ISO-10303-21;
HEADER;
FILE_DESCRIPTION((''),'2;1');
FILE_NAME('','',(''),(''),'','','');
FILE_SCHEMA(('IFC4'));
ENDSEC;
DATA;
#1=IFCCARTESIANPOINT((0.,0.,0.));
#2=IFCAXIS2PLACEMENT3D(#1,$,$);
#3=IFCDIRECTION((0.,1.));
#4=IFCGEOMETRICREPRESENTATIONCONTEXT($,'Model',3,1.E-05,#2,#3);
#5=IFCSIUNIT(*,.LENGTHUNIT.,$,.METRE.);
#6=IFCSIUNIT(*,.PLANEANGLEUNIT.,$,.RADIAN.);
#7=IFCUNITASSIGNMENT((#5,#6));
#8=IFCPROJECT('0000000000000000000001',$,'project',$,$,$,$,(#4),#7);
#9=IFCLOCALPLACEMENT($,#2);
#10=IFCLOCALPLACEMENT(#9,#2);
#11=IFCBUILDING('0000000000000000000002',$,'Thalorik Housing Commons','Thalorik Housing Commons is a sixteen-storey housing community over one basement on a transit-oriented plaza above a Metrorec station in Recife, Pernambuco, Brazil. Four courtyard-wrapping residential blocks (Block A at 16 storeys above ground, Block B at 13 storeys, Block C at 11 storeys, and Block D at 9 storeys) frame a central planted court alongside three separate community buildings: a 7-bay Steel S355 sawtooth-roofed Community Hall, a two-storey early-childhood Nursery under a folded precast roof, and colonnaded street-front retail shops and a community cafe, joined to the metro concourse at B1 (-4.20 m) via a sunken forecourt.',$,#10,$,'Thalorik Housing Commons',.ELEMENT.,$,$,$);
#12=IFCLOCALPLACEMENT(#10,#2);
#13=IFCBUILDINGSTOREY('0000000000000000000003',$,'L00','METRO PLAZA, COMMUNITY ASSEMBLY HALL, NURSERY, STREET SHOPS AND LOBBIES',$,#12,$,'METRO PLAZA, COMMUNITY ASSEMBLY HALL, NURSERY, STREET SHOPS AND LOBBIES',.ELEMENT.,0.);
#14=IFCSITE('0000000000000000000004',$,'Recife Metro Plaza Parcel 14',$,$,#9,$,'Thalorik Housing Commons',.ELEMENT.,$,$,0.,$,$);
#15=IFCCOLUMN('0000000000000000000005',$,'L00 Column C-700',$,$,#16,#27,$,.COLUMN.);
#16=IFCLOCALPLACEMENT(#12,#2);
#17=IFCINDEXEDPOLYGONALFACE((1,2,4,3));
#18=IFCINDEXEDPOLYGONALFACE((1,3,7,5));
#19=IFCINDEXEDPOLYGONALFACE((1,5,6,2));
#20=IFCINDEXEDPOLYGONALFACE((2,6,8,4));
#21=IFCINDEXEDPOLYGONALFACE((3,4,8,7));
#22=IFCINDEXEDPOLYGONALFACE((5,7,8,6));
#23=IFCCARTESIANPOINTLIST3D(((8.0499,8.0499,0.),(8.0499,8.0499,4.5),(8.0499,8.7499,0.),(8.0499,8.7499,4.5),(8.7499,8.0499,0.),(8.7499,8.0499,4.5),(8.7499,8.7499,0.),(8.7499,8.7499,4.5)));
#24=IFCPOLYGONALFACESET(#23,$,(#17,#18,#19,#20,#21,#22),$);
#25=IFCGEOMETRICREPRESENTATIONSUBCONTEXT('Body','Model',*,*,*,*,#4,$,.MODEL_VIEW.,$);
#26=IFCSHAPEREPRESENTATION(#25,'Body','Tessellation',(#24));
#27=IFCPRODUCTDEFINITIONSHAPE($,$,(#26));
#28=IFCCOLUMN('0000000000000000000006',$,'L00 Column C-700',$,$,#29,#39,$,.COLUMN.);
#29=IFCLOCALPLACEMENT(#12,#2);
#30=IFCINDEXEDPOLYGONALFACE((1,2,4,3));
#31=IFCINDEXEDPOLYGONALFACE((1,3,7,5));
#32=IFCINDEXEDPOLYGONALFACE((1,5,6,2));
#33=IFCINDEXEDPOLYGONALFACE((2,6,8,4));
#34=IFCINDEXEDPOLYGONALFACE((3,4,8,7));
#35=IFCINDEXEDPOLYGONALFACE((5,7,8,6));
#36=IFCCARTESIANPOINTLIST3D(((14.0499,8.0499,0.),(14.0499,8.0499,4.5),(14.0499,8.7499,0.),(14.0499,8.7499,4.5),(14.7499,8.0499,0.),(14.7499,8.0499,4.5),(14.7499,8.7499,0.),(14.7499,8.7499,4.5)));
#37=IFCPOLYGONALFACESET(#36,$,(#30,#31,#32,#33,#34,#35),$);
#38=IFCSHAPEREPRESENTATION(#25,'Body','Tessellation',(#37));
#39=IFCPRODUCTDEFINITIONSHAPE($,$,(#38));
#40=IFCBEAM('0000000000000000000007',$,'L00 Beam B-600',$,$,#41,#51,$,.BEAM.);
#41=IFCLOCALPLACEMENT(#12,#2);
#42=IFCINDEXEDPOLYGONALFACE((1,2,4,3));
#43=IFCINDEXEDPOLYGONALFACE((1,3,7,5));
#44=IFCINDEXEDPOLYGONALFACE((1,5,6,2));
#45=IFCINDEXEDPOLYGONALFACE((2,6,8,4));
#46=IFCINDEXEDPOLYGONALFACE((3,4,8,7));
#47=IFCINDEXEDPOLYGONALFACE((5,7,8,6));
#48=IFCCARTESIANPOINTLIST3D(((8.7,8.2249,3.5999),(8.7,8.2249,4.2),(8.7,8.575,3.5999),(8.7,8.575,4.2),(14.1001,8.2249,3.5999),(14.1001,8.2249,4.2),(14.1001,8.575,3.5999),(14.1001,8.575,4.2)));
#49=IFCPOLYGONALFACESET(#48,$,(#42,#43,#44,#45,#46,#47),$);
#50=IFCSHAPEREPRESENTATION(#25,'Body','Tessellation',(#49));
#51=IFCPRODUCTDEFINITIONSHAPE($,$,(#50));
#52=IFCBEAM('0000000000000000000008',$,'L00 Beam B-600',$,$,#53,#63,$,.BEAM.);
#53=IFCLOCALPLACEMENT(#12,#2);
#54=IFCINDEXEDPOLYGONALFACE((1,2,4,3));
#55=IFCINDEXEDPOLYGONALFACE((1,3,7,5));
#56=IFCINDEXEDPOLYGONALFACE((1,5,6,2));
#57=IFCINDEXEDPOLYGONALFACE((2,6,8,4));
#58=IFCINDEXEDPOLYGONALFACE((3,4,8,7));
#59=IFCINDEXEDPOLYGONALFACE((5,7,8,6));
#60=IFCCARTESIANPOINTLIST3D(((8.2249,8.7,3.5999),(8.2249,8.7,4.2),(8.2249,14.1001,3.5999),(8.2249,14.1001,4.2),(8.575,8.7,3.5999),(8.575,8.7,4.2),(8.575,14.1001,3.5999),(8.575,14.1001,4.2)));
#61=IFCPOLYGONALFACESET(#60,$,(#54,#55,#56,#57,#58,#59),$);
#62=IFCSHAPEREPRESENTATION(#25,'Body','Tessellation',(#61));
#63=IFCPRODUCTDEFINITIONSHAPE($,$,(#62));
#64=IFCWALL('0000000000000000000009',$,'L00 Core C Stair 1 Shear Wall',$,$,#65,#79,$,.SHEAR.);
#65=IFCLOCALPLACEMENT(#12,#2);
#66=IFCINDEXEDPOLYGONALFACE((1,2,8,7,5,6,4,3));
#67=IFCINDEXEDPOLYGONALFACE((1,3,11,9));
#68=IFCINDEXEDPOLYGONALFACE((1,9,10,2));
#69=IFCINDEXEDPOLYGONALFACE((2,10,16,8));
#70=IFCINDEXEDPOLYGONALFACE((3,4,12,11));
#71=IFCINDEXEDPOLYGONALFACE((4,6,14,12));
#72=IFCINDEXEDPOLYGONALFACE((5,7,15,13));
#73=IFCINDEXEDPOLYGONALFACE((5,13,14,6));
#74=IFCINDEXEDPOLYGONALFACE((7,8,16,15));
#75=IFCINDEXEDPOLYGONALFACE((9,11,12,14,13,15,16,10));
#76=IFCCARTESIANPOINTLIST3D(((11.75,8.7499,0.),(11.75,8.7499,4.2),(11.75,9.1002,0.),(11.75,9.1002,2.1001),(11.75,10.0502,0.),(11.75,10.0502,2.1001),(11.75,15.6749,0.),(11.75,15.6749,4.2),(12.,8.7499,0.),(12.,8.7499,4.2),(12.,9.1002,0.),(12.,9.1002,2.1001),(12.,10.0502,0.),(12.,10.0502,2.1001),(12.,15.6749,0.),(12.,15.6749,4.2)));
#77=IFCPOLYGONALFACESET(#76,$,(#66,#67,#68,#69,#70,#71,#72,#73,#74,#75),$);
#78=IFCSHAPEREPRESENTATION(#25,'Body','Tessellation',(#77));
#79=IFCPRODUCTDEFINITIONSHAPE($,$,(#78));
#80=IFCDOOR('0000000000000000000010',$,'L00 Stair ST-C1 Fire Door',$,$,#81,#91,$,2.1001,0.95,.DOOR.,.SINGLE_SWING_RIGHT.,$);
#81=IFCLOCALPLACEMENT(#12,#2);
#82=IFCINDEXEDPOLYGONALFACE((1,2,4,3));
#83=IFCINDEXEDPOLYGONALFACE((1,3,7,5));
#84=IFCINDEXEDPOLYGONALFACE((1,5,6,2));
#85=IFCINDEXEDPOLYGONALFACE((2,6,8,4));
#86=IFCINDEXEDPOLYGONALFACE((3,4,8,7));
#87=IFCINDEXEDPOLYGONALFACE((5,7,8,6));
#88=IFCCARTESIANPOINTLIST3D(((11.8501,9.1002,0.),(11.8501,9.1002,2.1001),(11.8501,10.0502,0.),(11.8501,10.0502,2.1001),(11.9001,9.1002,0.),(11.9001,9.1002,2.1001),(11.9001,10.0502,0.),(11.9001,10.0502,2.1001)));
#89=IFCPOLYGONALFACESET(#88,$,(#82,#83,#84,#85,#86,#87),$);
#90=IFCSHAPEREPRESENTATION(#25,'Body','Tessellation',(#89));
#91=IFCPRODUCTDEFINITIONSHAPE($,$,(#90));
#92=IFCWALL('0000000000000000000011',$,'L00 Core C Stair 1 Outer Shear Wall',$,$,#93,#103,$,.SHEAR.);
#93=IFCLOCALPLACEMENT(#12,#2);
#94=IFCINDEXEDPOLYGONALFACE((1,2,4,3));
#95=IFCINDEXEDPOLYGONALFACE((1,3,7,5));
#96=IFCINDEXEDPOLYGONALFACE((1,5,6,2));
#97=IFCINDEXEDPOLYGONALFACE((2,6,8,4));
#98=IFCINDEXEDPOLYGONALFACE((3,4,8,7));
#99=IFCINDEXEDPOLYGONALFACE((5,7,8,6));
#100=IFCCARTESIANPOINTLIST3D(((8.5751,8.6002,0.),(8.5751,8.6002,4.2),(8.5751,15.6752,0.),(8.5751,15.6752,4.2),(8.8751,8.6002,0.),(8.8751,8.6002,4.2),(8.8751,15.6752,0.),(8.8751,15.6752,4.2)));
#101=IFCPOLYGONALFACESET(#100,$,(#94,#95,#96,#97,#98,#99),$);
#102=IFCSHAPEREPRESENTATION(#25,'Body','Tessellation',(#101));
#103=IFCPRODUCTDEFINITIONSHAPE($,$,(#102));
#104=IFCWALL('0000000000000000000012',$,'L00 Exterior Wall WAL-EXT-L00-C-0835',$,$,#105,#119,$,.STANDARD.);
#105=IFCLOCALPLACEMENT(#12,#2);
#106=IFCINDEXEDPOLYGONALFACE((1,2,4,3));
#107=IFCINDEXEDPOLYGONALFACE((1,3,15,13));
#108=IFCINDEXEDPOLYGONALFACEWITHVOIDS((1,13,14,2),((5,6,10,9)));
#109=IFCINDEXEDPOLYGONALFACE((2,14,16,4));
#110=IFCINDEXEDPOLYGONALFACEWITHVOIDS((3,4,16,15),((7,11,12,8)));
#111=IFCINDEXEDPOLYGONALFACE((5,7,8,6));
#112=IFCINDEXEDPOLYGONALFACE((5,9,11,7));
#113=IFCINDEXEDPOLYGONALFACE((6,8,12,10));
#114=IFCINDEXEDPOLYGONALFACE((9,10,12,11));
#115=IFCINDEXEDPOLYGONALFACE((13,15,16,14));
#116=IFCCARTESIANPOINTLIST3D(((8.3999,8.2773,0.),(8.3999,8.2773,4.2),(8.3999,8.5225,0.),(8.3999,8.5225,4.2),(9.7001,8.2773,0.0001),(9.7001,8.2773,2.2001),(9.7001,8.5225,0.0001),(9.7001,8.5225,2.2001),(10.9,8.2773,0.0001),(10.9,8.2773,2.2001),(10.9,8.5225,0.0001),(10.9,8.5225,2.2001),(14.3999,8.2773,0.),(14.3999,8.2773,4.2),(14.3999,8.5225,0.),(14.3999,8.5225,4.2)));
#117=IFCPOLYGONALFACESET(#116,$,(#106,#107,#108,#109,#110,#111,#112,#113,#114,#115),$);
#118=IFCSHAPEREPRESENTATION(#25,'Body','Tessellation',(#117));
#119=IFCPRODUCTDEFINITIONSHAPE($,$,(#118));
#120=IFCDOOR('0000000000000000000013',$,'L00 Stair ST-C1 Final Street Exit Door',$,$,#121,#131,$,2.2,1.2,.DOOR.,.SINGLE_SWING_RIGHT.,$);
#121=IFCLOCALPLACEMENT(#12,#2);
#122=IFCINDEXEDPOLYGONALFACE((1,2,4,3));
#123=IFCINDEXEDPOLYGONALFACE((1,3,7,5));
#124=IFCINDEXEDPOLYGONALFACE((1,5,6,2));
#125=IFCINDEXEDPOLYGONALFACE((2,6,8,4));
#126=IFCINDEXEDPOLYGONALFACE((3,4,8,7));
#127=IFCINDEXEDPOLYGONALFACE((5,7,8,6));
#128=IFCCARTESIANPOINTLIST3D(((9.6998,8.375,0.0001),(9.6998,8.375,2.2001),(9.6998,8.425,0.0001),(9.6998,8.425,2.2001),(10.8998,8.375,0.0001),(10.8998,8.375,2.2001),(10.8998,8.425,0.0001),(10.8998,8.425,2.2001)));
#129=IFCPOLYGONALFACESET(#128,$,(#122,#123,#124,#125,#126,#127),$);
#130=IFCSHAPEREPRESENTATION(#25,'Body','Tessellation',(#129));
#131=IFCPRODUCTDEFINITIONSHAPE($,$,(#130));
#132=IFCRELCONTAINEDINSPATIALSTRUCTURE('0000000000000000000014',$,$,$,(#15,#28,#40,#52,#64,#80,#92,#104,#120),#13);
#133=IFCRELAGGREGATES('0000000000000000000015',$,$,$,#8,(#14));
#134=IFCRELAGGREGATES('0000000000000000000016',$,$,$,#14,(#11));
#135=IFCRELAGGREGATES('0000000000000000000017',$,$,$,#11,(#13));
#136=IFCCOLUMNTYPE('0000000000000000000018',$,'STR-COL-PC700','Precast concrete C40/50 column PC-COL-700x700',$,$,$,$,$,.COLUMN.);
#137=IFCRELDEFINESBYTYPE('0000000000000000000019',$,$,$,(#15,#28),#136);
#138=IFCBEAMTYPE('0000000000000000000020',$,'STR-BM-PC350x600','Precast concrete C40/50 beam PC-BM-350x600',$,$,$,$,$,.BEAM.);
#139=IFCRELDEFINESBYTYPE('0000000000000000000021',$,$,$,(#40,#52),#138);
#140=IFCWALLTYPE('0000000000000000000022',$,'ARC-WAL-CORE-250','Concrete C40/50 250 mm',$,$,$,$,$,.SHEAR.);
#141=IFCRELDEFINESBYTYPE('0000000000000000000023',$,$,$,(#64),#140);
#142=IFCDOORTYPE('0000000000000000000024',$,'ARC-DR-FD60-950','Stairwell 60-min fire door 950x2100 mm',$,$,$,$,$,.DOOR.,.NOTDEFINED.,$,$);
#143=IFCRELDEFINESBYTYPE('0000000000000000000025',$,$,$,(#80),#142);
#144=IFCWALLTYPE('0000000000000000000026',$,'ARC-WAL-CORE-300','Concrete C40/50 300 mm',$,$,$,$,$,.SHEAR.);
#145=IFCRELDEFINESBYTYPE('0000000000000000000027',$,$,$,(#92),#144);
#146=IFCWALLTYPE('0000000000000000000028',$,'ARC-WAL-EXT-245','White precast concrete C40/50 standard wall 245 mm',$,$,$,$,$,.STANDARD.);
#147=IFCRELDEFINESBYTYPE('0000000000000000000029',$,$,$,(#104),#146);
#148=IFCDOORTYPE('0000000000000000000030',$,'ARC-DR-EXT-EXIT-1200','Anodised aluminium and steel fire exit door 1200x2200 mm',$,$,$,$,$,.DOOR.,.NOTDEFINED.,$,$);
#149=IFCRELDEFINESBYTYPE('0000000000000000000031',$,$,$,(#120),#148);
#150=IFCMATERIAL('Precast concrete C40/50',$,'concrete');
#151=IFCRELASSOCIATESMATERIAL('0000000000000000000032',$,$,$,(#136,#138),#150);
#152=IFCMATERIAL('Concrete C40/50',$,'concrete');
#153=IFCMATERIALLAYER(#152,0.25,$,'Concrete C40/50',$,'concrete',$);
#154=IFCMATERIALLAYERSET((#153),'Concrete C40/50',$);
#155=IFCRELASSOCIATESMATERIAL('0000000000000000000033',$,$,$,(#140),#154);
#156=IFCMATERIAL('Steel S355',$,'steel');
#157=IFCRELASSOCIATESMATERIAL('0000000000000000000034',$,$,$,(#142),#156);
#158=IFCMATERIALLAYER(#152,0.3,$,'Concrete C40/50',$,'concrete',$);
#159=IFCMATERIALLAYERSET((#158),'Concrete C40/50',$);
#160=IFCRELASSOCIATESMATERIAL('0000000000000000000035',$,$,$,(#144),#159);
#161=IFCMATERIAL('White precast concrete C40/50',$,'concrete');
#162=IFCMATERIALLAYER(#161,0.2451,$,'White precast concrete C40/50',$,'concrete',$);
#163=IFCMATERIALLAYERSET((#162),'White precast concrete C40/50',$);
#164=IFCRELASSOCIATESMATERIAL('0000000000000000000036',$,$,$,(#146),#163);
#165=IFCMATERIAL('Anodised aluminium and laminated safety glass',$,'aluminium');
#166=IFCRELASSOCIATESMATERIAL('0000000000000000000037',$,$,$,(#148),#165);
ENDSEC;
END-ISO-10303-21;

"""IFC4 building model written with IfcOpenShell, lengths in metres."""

from ifc_helpers import new_model, si_unit, direction, frame, frame_2d, origin, origin_2d, place, context, subcontext, project, spatial, rectangle, extrude, material, layer, layer_set, material_profile, profile_set, type_object, element, fill, save


model = new_model("IFC4")

# Units and contexts
model_context = context("Model", 3, precision=1e-05, world=origin(), true_north=direction((0.0, 1.0)))
body_context = subcontext(model_context, "Body", "Model", "MODEL_VIEW")
ifc_project = project(units=[si_unit("LENGTHUNIT", "METRE"), si_unit("PLANEANGLEUNIT", "RADIAN")], contexts=[model_context])

# Site, building, storey
site_placement = place(None, origin())
site = spatial("IfcSite", under=ifc_project, at=site_placement, Name="Recife Metro Plaza Parcel 14", LongName="Thalorik Housing Commons", CompositionType="ELEMENT", RefElevation=0.0)
building_placement = place(site_placement, origin())
building = spatial("IfcBuilding", under=site, at=building_placement, Name="Thalorik Housing Commons", Description="Thalorik Housing Commons is a sixteen-storey housing community over one basement on a transit-oriented plaza above a Metrorec station in Recife, Pernambuco, Brazil. Four courtyard-wrapping residential blocks (Block A at 16 storeys above ground, Block B at 13 storeys, Block C at 11 storeys, and Block D at 9 storeys) frame a central planted court alongside three separate community buildings: a 7-bay Steel S355 sawtooth-roofed Community Hall, a two-storey early-childhood Nursery under a folded precast roof, and colonnaded street-front retail shops and a community cafe, joined to the metro concourse at B1 (-4.20 m) via a sunken forecourt.", LongName="Thalorik Housing Commons", CompositionType="ELEMENT")
storey_placement = place(building_placement, origin())
storey = spatial("IfcBuildingStorey", under=building, at=storey_placement, Name="L00", Description="METRO PLAZA, COMMUNITY ASSEMBLY HALL, NURSERY, STREET SHOPS AND LOBBIES", LongName="METRO PLAZA, COMMUNITY ASSEMBLY HALL, NURSERY, STREET SHOPS AND LOBBIES", CompositionType="ELEMENT", Elevation=0.0)

# Columns
ifc_material_1 = material(Name="Precast concrete C40/50", Category="concrete")
ifc_material_profile_1 = material_profile(ifc_material_1, rectangle(XDim=0.7, YDim=0.7, at=origin_2d()), Name="PC 700x700", Category="concrete")
ifc_profile_set_1 = profile_set([ifc_material_profile_1], Name="Precast concrete C40/50")
column_type = type_object("IfcColumnType", Name="STR-COL-PC700", Description="Precast concrete C40/50 column PC-COL-700x700", PredefinedType="COLUMN", material=ifc_profile_set_1)
for number, where, z_axis, x_axis, name in (
    (1, (8.3999, 8.3999, 0.0), (0.0, 0.0, 1.0), (1.0, 0.0, 0.0), "L00 Column C-700"),
    (2, (14.3999, 8.3999, 0.0), (0.0, 0.0, 1.0), (1.0, 0.0, 0.0), "L00 Column C-700"),
):
    element("IfcColumn", number, at=place(storey_placement, frame(where, z_axis=z_axis, x_axis=x_axis)), inside=storey, type_object=column_type, Name=name, PredefinedType="COLUMN", context=body_context, shape_type="SweptSolid", body=[
        extrude(rectangle(XDim=0.7, YDim=0.7, at=origin_2d()), origin(), (0.0, 0.0, 1.0), 4.5),
    ])

# Beams
ifc_material_profile_2 = material_profile(ifc_material_1, rectangle(XDim=0.3501, YDim=0.6001, at=origin_2d()), Name="PC 350x600", Category="concrete")
ifc_profile_set_2 = profile_set([ifc_material_profile_2], Name="Precast concrete C40/50")
beam_type = type_object("IfcBeamType", Name="STR-BM-PC350x600", Description="Precast concrete C40/50 beam PC-BM-350x600", PredefinedType="BEAM", material=ifc_profile_set_2)
for number, where, z_axis, x_axis, name in (
    (3, (8.7, 8.3999, 3.8999), (1.0, 0.0, 0.0), (0.0, 1.0, 0.0), "L00 Beam B-600"),
    (4, (8.3999, 8.7, 3.8999), (0.0, 1.0, 0.0), (-1.0, 0.0, 0.0), "L00 Beam B-600"),
):
    element("IfcBeam", number, at=place(storey_placement, frame(where, z_axis=z_axis, x_axis=x_axis)), inside=storey, type_object=beam_type, Name=name, PredefinedType="BEAM", context=body_context, shape_type="SweptSolid", body=[
        extrude(rectangle(XDim=0.3501, YDim=0.6001, at=origin_2d()), origin(), (0.0, 0.0, 1.0), 5.4001),
    ])

# Wall, opening, door
ifc_material_2 = material(Name="Concrete C40/50", Category="concrete")
ifc_layer_1 = layer(ifc_material_2, 0.25, Name="Concrete C40/50", Category="concrete")
ifc_layer_set_1 = layer_set([ifc_layer_1], Name="Concrete C40/50")
wall_type_1 = type_object("IfcWallType", Name="ARC-WAL-CORE-250", Description="Concrete C40/50 250 mm", PredefinedType="SHEAR", material=ifc_layer_set_1)
wall_1_placement = place(storey_placement, frame((11.875, 8.75, 0.0), z_axis=(0.0, 0.0, 1.0), x_axis=(0.0, 1.0, 0.0)))
wall_1 = element("IfcWall", 5, at=wall_1_placement, inside=storey, type_object=wall_type_1, Name="L00 Core C Stair 1 Shear Wall", PredefinedType="SHEAR", context=body_context, shape_type="SweptSolid", body=[
    extrude(rectangle(XDim=6.925, YDim=0.25, at=frame_2d((3.4624, 0.0))), origin(), (0.0, 0.0, 1.0), 4.2),
])
opening_1_placement = place(wall_1_placement, frame((0.3501, 0.0, 0.0)))
opening_1 = element("IfcOpeningElement", 6, at=opening_1_placement, cuts=wall_1, PredefinedType="OPENING", context=body_context, shape_type="SweptSolid", body=[
    extrude(rectangle(XDim=0.95, YDim=2.1001, at=frame_2d((0.4751, 1.05))), frame((0.0, 0.135, 0.0), z_axis=(0.0, -1.0, 0.0), x_axis=(1.0, 0.0, 0.0)), (0.0, 0.0, 1.0), 0.27),
])
ifc_material_3 = material(Name="Steel S355", Category="steel")
door_type_1 = type_object("IfcDoorType", Name="ARC-DR-FD60-950", Description="Stairwell 60-min fire door 950x2100 mm", OperationType="NOTDEFINED", PredefinedType="DOOR", material=ifc_material_3)
door_1_placement = place(opening_1_placement, origin())
door_1 = element("IfcDoor", 7, at=door_1_placement, inside=storey, type_object=door_type_1, Name="L00 Stair ST-C1 Fire Door", OperationType="SINGLE_SWING_RIGHT", OverallHeight=2.1001, OverallWidth=0.95, PredefinedType="DOOR", context=body_context, shape_type="SweptSolid", body=[
    extrude(rectangle(XDim=0.95, YDim=2.1001, at=frame_2d((0.4751, 1.05))), frame((0.0, 0.0249, 0.0), z_axis=(0.0, -1.0, 0.0), x_axis=(1.0, 0.0, 0.0)), (0.0, 0.0, 1.0), 0.05),
])
fill(opening_1, door_1)

# Wall
ifc_layer_2 = layer(ifc_material_2, 0.3, Name="Concrete C40/50", Category="concrete")
ifc_layer_set_2 = layer_set([ifc_layer_2], Name="Concrete C40/50")
wall_type_2 = type_object("IfcWallType", Name="ARC-WAL-CORE-300", Description="Concrete C40/50 300 mm", PredefinedType="SHEAR", material=ifc_layer_set_2)
wall_2_placement = place(storey_placement, frame((8.7251, 8.6001, 0.0), z_axis=(0.0, 0.0, 1.0), x_axis=(0.0, 1.0, 0.0)))
element("IfcWall", 8, at=wall_2_placement, inside=storey, type_object=wall_type_2, Name="L00 Core C Stair 1 Outer Shear Wall", PredefinedType="SHEAR", context=body_context, shape_type="SweptSolid", body=[
    extrude(rectangle(XDim=7.075, YDim=0.3, at=frame_2d((3.5376, 0.0))), origin(), (0.0, 0.0, 1.0), 4.2),
])

# Wall, opening, door
ifc_material_4 = material(Name="White precast concrete C40/50", Category="concrete")
ifc_layer_3 = layer(ifc_material_4, 0.2451, Name="White precast concrete C40/50", Category="concrete")
ifc_layer_set_3 = layer_set([ifc_layer_3], Name="White precast concrete C40/50")
wall_type_3 = type_object("IfcWallType", Name="ARC-WAL-EXT-245", Description="White precast concrete C40/50 standard wall 245 mm", PredefinedType="STANDARD", material=ifc_layer_set_3)
wall_3_placement = place(storey_placement, frame((8.3999, 8.3999, 0.0), z_axis=(0.0, 0.0, 1.0), x_axis=(1.0, 0.0, 0.0)))
wall_3 = element("IfcWall", 9, at=wall_3_placement, inside=storey, type_object=wall_type_3, Name="L00 Exterior Wall WAL-EXT-L00-C-0835", PredefinedType="STANDARD", context=body_context, shape_type="SweptSolid", body=[
    extrude(rectangle(XDim=6.0, YDim=0.2451, at=frame_2d((3.0, 0.0))), origin(), (0.0, 0.0, 1.0), 4.2),
])
opening_2_placement = place(wall_3_placement, frame((1.3, 0.0, 0.0)))
opening_2 = element("IfcOpeningElement", 10, at=opening_2_placement, cuts=wall_3, PredefinedType="OPENING", context=body_context, shape_type="SweptSolid", body=[
    extrude(rectangle(XDim=1.2, YDim=2.2, at=frame_2d((0.6001, 1.1001))), frame((0.0, 0.1326, 0.0), z_axis=(0.0, -1.0, 0.0), x_axis=(1.0, 0.0, 0.0)), (0.0, 0.0, 1.0), 0.2651),
])
ifc_material_5 = material(Name="Anodised aluminium and laminated safety glass", Category="aluminium")
door_type_2 = type_object("IfcDoorType", Name="ARC-DR-EXT-EXIT-1200", Description="Anodised aluminium and steel fire exit door 1200x2200 mm", OperationType="NOTDEFINED", PredefinedType="DOOR", material=ifc_material_5)
door_2_placement = place(opening_2_placement, frame((1.2, 0.0, 0.0), z_axis=(0.0, 0.0, 1.0), x_axis=(-1.0, 0.0, 0.0)))
door_2 = element("IfcDoor", 11, at=door_2_placement, inside=storey, type_object=door_type_2, Name="L00 Stair ST-C1 Final Street Exit Door", OperationType="SINGLE_SWING_RIGHT", OverallHeight=2.2, OverallWidth=1.2, PredefinedType="DOOR", context=body_context, shape_type="SweptSolid", body=[
    extrude(rectangle(XDim=1.2, YDim=2.2, at=frame_2d((0.6001, 1.1001))), frame((0.0, 0.0249, 0.0), z_axis=(0.0, -1.0, 0.0), x_axis=(1.0, 0.0, 0.0)), (0.0, 0.0, 1.0), 0.05),
])
fill(opening_2, door_2)

save(model, "model.ifc")
